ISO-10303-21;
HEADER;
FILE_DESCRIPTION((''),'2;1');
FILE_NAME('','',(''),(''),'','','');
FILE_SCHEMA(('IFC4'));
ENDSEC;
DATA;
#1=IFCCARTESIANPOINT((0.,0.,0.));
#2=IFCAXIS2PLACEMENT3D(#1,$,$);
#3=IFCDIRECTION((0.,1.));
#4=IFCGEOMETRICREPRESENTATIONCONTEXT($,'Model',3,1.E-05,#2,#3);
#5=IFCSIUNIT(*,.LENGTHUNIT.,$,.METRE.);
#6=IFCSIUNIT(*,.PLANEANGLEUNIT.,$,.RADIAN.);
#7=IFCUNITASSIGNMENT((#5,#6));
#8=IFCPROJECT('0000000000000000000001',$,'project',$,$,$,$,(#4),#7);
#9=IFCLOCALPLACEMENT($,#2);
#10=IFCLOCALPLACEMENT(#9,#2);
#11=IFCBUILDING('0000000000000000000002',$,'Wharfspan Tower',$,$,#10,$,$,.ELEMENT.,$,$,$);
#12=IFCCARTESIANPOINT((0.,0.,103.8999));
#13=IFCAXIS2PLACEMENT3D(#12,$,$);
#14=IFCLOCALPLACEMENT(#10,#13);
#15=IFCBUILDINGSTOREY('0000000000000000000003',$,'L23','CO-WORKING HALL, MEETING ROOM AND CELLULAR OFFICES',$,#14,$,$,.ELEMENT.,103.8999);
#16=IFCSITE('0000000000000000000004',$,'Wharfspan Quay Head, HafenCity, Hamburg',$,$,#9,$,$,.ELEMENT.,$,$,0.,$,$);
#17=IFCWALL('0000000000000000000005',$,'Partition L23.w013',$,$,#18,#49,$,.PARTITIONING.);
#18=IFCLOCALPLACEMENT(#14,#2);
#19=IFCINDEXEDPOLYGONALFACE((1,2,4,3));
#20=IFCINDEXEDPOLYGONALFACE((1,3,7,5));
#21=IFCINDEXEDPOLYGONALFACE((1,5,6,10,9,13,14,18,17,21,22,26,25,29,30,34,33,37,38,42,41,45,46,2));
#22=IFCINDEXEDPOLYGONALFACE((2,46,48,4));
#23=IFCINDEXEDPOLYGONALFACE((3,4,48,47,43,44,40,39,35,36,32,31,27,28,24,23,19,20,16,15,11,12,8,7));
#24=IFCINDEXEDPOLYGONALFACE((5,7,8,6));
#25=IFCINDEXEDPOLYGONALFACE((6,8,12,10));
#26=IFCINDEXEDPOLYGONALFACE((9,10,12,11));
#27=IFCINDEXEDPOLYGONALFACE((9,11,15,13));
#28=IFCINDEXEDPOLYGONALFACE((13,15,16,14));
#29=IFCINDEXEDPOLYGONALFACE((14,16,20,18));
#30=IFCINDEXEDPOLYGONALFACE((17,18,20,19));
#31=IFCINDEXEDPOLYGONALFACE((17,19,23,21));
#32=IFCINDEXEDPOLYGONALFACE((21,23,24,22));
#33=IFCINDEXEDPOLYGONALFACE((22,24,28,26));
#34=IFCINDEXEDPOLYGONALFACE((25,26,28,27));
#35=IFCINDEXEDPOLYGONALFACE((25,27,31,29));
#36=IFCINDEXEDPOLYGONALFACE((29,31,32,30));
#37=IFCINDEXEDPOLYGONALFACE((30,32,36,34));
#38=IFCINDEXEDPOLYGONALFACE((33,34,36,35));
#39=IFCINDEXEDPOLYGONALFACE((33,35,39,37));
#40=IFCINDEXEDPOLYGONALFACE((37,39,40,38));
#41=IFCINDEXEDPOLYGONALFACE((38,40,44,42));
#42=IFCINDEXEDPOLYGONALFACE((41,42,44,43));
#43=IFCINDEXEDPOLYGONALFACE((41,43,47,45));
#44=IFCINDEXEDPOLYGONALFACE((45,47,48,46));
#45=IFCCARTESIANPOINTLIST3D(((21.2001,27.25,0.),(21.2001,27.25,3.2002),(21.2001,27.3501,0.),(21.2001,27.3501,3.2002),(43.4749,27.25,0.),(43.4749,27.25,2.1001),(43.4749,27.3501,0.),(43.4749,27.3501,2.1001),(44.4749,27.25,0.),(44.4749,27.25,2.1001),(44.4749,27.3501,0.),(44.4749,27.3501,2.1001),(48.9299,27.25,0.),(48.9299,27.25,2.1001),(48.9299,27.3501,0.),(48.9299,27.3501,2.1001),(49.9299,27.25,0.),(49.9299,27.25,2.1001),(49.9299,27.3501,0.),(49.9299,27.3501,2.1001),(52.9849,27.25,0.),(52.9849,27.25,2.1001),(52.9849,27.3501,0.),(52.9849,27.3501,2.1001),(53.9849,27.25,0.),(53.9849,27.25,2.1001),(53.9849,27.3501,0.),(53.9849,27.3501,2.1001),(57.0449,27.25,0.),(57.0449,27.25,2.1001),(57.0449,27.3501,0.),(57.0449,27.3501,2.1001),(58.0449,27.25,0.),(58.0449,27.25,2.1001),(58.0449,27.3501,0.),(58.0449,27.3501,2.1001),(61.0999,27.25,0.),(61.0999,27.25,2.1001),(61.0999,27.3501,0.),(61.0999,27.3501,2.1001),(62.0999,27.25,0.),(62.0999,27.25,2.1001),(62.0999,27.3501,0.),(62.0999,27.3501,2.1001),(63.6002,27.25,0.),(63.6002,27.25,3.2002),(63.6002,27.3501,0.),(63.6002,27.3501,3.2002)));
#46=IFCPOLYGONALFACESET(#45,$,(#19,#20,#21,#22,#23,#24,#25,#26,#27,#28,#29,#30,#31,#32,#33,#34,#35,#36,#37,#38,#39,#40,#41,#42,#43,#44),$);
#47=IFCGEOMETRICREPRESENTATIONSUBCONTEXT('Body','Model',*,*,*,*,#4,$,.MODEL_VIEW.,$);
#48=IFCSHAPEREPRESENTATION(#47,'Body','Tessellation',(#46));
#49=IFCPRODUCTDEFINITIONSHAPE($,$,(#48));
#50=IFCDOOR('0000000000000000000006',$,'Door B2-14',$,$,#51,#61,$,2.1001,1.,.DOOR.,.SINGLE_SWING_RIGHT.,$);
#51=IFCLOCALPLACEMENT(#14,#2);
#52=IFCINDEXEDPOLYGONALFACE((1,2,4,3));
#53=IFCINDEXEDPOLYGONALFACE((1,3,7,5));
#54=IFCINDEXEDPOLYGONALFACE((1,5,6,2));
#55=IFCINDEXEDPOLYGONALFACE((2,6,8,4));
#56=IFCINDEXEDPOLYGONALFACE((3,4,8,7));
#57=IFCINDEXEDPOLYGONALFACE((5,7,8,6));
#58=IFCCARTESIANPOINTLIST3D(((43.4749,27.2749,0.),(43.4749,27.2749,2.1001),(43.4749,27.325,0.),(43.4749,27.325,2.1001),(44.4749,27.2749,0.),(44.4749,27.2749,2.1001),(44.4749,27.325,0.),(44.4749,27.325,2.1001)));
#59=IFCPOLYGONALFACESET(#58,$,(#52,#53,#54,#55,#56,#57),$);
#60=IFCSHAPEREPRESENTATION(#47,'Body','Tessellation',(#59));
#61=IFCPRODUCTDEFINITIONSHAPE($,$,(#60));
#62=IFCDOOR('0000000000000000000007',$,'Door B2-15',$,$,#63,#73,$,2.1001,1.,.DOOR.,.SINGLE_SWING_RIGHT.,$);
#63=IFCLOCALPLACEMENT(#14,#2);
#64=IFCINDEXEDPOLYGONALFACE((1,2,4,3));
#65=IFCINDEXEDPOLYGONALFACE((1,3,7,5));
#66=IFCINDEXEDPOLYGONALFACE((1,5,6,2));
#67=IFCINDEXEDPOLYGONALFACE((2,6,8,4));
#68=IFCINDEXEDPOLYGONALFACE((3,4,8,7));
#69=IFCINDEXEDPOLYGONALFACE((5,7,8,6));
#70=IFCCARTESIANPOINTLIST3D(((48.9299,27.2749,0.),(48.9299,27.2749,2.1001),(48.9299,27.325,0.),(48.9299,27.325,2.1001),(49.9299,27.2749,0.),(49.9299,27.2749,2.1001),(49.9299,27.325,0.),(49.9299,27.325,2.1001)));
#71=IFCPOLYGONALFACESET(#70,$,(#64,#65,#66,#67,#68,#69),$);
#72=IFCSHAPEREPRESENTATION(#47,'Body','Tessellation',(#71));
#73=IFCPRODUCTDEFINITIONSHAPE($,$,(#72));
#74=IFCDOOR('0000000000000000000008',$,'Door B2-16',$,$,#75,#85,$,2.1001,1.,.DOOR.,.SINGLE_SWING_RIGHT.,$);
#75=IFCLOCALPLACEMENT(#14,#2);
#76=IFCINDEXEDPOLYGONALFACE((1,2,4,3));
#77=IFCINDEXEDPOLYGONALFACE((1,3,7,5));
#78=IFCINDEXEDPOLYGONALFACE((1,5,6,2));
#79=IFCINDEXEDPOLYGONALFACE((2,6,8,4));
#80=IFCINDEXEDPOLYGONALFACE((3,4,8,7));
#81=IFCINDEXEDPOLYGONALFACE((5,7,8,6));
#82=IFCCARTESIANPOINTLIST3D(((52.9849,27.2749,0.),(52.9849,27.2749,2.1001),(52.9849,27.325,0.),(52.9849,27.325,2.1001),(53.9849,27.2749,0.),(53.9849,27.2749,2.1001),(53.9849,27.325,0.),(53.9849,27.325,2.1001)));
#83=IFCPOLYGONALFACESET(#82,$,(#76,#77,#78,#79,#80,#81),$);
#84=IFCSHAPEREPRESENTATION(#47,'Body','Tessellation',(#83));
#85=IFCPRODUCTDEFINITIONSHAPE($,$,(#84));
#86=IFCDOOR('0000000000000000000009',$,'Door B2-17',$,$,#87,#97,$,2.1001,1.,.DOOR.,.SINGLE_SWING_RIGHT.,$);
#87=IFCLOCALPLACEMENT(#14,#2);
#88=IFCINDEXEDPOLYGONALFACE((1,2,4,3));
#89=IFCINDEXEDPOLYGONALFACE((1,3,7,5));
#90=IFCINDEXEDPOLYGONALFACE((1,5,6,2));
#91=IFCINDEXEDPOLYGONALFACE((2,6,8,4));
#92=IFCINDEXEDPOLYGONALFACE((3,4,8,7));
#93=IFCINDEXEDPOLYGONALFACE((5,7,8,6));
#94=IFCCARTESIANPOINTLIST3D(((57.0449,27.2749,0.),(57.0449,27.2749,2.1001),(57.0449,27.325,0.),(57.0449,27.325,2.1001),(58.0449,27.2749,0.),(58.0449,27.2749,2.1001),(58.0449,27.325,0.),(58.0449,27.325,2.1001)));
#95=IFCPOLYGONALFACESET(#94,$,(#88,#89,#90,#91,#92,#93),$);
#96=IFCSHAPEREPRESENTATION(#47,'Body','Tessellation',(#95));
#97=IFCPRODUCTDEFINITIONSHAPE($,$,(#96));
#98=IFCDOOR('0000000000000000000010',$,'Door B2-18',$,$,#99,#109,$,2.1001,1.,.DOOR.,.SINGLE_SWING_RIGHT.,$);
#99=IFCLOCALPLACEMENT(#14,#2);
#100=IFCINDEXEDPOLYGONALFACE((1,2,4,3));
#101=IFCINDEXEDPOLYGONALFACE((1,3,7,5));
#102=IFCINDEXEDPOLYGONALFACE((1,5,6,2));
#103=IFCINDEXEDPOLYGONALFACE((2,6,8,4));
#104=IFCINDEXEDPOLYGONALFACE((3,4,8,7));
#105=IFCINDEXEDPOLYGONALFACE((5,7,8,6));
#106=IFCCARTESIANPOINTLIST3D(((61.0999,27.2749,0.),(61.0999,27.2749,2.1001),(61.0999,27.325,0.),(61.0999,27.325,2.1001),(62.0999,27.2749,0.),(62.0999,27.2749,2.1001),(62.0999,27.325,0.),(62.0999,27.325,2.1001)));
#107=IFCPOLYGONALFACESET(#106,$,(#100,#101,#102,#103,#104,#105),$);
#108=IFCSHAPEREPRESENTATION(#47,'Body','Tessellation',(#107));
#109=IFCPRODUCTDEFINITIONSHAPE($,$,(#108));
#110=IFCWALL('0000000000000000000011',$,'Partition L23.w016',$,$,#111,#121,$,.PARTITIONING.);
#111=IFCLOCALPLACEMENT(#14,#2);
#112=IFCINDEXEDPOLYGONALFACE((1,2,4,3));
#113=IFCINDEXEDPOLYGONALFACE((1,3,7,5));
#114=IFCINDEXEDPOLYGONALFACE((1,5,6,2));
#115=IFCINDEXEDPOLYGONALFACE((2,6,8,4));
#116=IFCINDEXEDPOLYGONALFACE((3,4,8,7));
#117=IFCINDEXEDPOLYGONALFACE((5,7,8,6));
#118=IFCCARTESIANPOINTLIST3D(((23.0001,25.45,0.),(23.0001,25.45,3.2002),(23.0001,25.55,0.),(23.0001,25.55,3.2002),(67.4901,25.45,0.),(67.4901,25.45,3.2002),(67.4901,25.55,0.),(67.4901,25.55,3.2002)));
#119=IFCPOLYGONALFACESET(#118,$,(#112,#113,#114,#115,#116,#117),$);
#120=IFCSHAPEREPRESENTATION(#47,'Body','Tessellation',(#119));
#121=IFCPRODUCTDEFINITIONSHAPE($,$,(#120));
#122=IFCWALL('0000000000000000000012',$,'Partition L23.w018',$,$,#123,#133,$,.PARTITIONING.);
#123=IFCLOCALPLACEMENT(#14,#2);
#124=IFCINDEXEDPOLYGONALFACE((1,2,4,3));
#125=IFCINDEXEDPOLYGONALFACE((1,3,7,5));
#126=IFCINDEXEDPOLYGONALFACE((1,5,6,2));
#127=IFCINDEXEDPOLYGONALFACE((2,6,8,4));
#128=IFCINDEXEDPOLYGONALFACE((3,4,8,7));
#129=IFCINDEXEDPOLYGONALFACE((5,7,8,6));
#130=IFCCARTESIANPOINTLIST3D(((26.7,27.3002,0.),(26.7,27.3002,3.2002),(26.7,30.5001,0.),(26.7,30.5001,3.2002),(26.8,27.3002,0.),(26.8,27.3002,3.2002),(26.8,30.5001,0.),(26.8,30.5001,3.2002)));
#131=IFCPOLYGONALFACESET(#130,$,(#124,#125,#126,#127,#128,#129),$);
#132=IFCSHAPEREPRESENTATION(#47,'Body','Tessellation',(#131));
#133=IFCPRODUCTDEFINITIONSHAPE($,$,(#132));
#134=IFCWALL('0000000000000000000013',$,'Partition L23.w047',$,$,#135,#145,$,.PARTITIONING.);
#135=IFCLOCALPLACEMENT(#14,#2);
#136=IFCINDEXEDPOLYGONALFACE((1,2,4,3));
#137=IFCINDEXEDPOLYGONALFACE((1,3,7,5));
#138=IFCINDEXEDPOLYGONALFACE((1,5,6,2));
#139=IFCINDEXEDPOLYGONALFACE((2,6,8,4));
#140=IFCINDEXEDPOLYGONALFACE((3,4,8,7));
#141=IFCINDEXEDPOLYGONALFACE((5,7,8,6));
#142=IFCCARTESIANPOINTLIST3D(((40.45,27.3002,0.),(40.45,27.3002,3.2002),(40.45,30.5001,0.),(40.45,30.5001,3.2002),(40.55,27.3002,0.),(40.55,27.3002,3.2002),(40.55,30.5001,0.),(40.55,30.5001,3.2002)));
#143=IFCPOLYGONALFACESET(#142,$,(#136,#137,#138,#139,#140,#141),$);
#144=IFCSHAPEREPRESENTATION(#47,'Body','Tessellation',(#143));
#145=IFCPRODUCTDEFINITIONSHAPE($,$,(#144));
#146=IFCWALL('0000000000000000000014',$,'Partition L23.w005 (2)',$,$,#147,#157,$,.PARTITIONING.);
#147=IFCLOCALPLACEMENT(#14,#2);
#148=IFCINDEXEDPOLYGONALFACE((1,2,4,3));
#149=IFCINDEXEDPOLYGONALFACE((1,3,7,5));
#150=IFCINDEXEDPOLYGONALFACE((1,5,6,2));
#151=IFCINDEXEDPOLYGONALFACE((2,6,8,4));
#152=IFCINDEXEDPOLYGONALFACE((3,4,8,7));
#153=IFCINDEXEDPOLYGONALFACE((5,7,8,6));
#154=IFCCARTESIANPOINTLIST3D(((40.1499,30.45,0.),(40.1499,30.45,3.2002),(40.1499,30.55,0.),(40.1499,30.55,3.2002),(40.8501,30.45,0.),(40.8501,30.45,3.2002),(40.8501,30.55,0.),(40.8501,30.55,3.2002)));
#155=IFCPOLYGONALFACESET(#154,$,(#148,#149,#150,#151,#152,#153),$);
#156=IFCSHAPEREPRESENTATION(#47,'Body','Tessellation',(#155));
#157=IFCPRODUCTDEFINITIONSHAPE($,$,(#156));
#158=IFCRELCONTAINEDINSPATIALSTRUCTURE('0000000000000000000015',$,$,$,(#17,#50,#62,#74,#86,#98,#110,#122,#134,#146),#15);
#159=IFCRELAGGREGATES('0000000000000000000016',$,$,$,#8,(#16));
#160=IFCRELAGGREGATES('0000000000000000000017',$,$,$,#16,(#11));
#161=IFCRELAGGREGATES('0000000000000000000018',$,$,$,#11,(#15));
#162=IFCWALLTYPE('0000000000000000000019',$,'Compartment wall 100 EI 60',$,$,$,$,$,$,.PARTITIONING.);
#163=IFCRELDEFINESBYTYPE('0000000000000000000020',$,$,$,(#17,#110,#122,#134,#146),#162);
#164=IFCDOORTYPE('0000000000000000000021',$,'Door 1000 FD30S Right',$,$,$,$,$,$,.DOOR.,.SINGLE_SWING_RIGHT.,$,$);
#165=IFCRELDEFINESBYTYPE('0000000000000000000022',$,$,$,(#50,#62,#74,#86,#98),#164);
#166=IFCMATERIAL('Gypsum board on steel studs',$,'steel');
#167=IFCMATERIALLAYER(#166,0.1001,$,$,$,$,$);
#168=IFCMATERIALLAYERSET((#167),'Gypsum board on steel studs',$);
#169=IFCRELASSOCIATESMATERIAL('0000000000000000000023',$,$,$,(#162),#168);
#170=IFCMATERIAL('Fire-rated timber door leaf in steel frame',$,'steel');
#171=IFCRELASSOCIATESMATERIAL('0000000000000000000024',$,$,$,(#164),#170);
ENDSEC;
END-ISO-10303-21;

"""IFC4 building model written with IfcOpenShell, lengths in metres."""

from ifc_helpers import new_model, si_unit, direction, frame, frame_2d, origin, place, context, subcontext, project, spatial, rectangle, extrude, material, layer, layer_set, type_object, element, fill, save


model = new_model("IFC4")

# Units and contexts
model_context = context("Model", 3, precision=1e-05, world=origin(), true_north=direction((0.0, 1.0)))
body_context = subcontext(model_context, "Body", "Model", "MODEL_VIEW")
ifc_project = project(units=[si_unit("LENGTHUNIT", "METRE"), si_unit("PLANEANGLEUNIT", "RADIAN")], contexts=[model_context])

# Site, building, storey
site_placement = place(None, origin())
site = spatial("IfcSite", under=ifc_project, at=site_placement, Name="Wharfspan Quay Head, HafenCity, Hamburg", CompositionType="ELEMENT", RefElevation=0.0)
building_placement = place(site_placement, origin())
building = spatial("IfcBuilding", under=site, at=building_placement, Name="Wharfspan Tower", CompositionType="ELEMENT")
storey_placement = place(building_placement, frame((0.0, 0.0, 103.8999)))
storey = spatial("IfcBuildingStorey", under=building, at=storey_placement, Name="L23", Description="CO-WORKING HALL, MEETING ROOM AND CELLULAR OFFICES", CompositionType="ELEMENT", Elevation=103.8999)

# Shared definitions
ifc_material_1 = material(Name="Gypsum board on steel studs", Category="steel")
ifc_layer_1 = layer(ifc_material_1, 0.1001)
ifc_layer_set_1 = layer_set([ifc_layer_1], Name="Gypsum board on steel studs")
wall_type_1 = type_object("IfcWallType", Name="Compartment wall 100 EI 60", PredefinedType="PARTITIONING", material=ifc_layer_set_1)

# Wall, openings, doors
wall_1_placement = place(storey_placement, frame((21.2, 27.3, 0.0), z_axis=(0.0, 0.0, 1.0), x_axis=(1.0, 0.0, 0.0)))
wall_1 = element("IfcWall", 1, at=wall_1_placement, inside=storey, type_object=wall_type_1, Name="Partition L23.w013", PredefinedType="PARTITIONING", context=body_context, shape_type="SweptSolid", body=[
    extrude(rectangle(XDim=42.4001, YDim=0.1001, at=frame_2d((21.2002, 0.0))), origin(), (0.0, 0.0, 1.0), 3.2002),
])
opening_1_placement = place(wall_1_placement, frame((22.2749, 0.0, 0.0)))
opening_1 = element("IfcOpeningElement", 2, at=opening_1_placement, cuts=wall_1, PredefinedType="OPENING", context=body_context, shape_type="SweptSolid", body=[
    extrude(rectangle(XDim=1.0, YDim=2.1001, at=frame_2d((0.5, 1.05))), frame((0.0, 0.0601, 0.0), z_axis=(0.0, -1.0, 0.0), x_axis=(1.0, 0.0, 0.0)), (0.0, 0.0, 1.0), 0.1201),
])
opening_2_placement = place(wall_1_placement, frame((27.73, 0.0, 0.0)))
opening_2 = element("IfcOpeningElement", 3, at=opening_2_placement, cuts=wall_1, PredefinedType="OPENING", context=body_context, shape_type="SweptSolid", body=[
    extrude(rectangle(XDim=1.0, YDim=2.1001, at=frame_2d((0.5, 1.05))), frame((0.0, 0.0601, 0.0), z_axis=(0.0, -1.0, 0.0), x_axis=(1.0, 0.0, 0.0)), (0.0, 0.0, 1.0), 0.1201),
])
opening_3_placement = place(wall_1_placement, frame((31.7849, 0.0, 0.0)))
opening_3 = element("IfcOpeningElement", 4, at=opening_3_placement, cuts=wall_1, PredefinedType="OPENING", context=body_context, shape_type="SweptSolid", body=[
    extrude(rectangle(XDim=1.0, YDim=2.1001, at=frame_2d((0.5, 1.05))), frame((0.0, 0.0601, 0.0), z_axis=(0.0, -1.0, 0.0), x_axis=(1.0, 0.0, 0.0)), (0.0, 0.0, 1.0), 0.1201),
])
opening_4_placement = place(wall_1_placement, frame((35.845, 0.0, 0.0)))
opening_4 = element("IfcOpeningElement", 5, at=opening_4_placement, cuts=wall_1, PredefinedType="OPENING", context=body_context, shape_type="SweptSolid", body=[
    extrude(rectangle(XDim=1.0, YDim=2.1001, at=frame_2d((0.5, 1.05))), frame((0.0, 0.0601, 0.0), z_axis=(0.0, -1.0, 0.0), x_axis=(1.0, 0.0, 0.0)), (0.0, 0.0, 1.0), 0.1201),
])
opening_5_placement = place(wall_1_placement, frame((39.8999, 0.0, 0.0)))
opening_5 = element("IfcOpeningElement", 6, at=opening_5_placement, cuts=wall_1, PredefinedType="OPENING", context=body_context, shape_type="SweptSolid", body=[
    extrude(rectangle(XDim=1.0, YDim=2.1001, at=frame_2d((0.5, 1.05))), frame((0.0, 0.0601, 0.0), z_axis=(0.0, -1.0, 0.0), x_axis=(1.0, 0.0, 0.0)), (0.0, 0.0, 1.0), 0.1201),
])
ifc_material_2 = material(Name="Fire-rated timber door leaf in steel frame", Category="steel")
door_type_1 = type_object("IfcDoorType", Name="Door 1000 FD30S Right", OperationType="SINGLE_SWING_RIGHT", PredefinedType="DOOR", material=ifc_material_2)
door_1_placement = place(opening_1_placement, origin())
door_1 = element("IfcDoor", 7, at=door_1_placement, inside=storey, type_object=door_type_1, Name="Door B2-14", OperationType="SINGLE_SWING_RIGHT", OverallHeight=2.1001, OverallWidth=1.0, PredefinedType="DOOR", context=body_context, shape_type="SweptSolid", body=[
    extrude(rectangle(XDim=1.0, YDim=2.1001, at=frame_2d((0.5, 1.05))), frame((0.0, 0.0249, 0.0), z_axis=(0.0, -1.0, 0.0), x_axis=(1.0, 0.0, 0.0)), (0.0, 0.0, 1.0), 0.05),
])
fill(opening_1, door_1)
door_2_placement = place(opening_2_placement, origin())
door_2 = element("IfcDoor", 8, at=door_2_placement, inside=storey, type_object=door_type_1, Name="Door B2-15", OperationType="SINGLE_SWING_RIGHT", OverallHeight=2.1001, OverallWidth=1.0, PredefinedType="DOOR", context=body_context, shape_type="SweptSolid", body=[
    extrude(rectangle(XDim=1.0, YDim=2.1001, at=frame_2d((0.5, 1.05))), frame((0.0, 0.0249, 0.0), z_axis=(0.0, -1.0, 0.0), x_axis=(1.0, 0.0, 0.0)), (0.0, 0.0, 1.0), 0.05),
])
fill(opening_2, door_2)
door_3_placement = place(opening_3_placement, origin())
door_3 = element("IfcDoor", 9, at=door_3_placement, inside=storey, type_object=door_type_1, Name="Door B2-16", OperationType="SINGLE_SWING_RIGHT", OverallHeight=2.1001, OverallWidth=1.0, PredefinedType="DOOR", context=body_context, shape_type="SweptSolid", body=[
    extrude(rectangle(XDim=1.0, YDim=2.1001, at=frame_2d((0.5, 1.05))), frame((0.0, 0.0249, 0.0), z_axis=(0.0, -1.0, 0.0), x_axis=(1.0, 0.0, 0.0)), (0.0, 0.0, 1.0), 0.05),
])
fill(opening_3, door_3)
door_4_placement = place(opening_4_placement, origin())
door_4 = element("IfcDoor", 10, at=door_4_placement, inside=storey, type_object=door_type_1, Name="Door B2-17", OperationType="SINGLE_SWING_RIGHT", OverallHeight=2.1001, OverallWidth=1.0, PredefinedType="DOOR", context=body_context, shape_type="SweptSolid", body=[
    extrude(rectangle(XDim=1.0, YDim=2.1001, at=frame_2d((0.5, 1.05))), frame((0.0, 0.0249, 0.0), z_axis=(0.0, -1.0, 0.0), x_axis=(1.0, 0.0, 0.0)), (0.0, 0.0, 1.0), 0.05),
])
fill(opening_4, door_4)
door_5_placement = place(opening_5_placement, origin())
door_5 = element("IfcDoor", 11, at=door_5_placement, inside=storey, type_object=door_type_1, Name="Door B2-18", OperationType="SINGLE_SWING_RIGHT", OverallHeight=2.1001, OverallWidth=1.0, PredefinedType="DOOR", context=body_context, shape_type="SweptSolid", body=[
    extrude(rectangle(XDim=1.0, YDim=2.1001, at=frame_2d((0.5, 1.05))), frame((0.0, 0.0249, 0.0), z_axis=(0.0, -1.0, 0.0), x_axis=(1.0, 0.0, 0.0)), (0.0, 0.0, 1.0), 0.05),
])
fill(opening_5, door_5)

# Walls
wall_2_placement = place(storey_placement, frame((23.0, 25.5, 0.0), z_axis=(0.0, 0.0, 1.0), x_axis=(1.0, 0.0, 0.0)))
element("IfcWall", 12, at=wall_2_placement, inside=storey, type_object=wall_type_1, Name="Partition L23.w016", PredefinedType="PARTITIONING", context=body_context, shape_type="SweptSolid", body=[
    extrude(rectangle(XDim=44.49, YDim=0.1001, at=frame_2d((22.2451, 0.0))), origin(), (0.0, 0.0, 1.0), 3.2002),
])
for number, where, z_axis, x_axis, name in (
    (13, (26.75, 27.3, 0.0), (0.0, 0.0, 1.0), (0.0, 1.0, 0.0), "Partition L23.w018"),
    (14, (40.5, 27.3, 0.0), (0.0, 0.0, 1.0), (0.0, 1.0, 0.0), "Partition L23.w047"),
):
    element("IfcWall", number, at=place(storey_placement, frame(where, z_axis=z_axis, x_axis=x_axis)), inside=storey, type_object=wall_type_1, Name=name, PredefinedType="PARTITIONING", context=body_context, shape_type="SweptSolid", body=[
        extrude(rectangle(XDim=3.2, YDim=0.1001, at=frame_2d((1.6001, 0.0))), origin(), (0.0, 0.0, 1.0), 3.2002),
    ])
wall_3_placement = place(storey_placement, frame((40.1499, 30.5, 0.0), z_axis=(0.0, 0.0, 1.0), x_axis=(1.0, 0.0, 0.0)))
element("IfcWall", 15, at=wall_3_placement, inside=storey, type_object=wall_type_1, Name="Partition L23.w005 (2)", PredefinedType="PARTITIONING", context=body_context, shape_type="SweptSolid", body=[
    extrude(rectangle(XDim=0.7002, YDim=0.1001, at=frame_2d((0.3501, 0.0))), origin(), (0.0, 0.0, 1.0), 3.2002),
])

save(model, "model.ifc")
